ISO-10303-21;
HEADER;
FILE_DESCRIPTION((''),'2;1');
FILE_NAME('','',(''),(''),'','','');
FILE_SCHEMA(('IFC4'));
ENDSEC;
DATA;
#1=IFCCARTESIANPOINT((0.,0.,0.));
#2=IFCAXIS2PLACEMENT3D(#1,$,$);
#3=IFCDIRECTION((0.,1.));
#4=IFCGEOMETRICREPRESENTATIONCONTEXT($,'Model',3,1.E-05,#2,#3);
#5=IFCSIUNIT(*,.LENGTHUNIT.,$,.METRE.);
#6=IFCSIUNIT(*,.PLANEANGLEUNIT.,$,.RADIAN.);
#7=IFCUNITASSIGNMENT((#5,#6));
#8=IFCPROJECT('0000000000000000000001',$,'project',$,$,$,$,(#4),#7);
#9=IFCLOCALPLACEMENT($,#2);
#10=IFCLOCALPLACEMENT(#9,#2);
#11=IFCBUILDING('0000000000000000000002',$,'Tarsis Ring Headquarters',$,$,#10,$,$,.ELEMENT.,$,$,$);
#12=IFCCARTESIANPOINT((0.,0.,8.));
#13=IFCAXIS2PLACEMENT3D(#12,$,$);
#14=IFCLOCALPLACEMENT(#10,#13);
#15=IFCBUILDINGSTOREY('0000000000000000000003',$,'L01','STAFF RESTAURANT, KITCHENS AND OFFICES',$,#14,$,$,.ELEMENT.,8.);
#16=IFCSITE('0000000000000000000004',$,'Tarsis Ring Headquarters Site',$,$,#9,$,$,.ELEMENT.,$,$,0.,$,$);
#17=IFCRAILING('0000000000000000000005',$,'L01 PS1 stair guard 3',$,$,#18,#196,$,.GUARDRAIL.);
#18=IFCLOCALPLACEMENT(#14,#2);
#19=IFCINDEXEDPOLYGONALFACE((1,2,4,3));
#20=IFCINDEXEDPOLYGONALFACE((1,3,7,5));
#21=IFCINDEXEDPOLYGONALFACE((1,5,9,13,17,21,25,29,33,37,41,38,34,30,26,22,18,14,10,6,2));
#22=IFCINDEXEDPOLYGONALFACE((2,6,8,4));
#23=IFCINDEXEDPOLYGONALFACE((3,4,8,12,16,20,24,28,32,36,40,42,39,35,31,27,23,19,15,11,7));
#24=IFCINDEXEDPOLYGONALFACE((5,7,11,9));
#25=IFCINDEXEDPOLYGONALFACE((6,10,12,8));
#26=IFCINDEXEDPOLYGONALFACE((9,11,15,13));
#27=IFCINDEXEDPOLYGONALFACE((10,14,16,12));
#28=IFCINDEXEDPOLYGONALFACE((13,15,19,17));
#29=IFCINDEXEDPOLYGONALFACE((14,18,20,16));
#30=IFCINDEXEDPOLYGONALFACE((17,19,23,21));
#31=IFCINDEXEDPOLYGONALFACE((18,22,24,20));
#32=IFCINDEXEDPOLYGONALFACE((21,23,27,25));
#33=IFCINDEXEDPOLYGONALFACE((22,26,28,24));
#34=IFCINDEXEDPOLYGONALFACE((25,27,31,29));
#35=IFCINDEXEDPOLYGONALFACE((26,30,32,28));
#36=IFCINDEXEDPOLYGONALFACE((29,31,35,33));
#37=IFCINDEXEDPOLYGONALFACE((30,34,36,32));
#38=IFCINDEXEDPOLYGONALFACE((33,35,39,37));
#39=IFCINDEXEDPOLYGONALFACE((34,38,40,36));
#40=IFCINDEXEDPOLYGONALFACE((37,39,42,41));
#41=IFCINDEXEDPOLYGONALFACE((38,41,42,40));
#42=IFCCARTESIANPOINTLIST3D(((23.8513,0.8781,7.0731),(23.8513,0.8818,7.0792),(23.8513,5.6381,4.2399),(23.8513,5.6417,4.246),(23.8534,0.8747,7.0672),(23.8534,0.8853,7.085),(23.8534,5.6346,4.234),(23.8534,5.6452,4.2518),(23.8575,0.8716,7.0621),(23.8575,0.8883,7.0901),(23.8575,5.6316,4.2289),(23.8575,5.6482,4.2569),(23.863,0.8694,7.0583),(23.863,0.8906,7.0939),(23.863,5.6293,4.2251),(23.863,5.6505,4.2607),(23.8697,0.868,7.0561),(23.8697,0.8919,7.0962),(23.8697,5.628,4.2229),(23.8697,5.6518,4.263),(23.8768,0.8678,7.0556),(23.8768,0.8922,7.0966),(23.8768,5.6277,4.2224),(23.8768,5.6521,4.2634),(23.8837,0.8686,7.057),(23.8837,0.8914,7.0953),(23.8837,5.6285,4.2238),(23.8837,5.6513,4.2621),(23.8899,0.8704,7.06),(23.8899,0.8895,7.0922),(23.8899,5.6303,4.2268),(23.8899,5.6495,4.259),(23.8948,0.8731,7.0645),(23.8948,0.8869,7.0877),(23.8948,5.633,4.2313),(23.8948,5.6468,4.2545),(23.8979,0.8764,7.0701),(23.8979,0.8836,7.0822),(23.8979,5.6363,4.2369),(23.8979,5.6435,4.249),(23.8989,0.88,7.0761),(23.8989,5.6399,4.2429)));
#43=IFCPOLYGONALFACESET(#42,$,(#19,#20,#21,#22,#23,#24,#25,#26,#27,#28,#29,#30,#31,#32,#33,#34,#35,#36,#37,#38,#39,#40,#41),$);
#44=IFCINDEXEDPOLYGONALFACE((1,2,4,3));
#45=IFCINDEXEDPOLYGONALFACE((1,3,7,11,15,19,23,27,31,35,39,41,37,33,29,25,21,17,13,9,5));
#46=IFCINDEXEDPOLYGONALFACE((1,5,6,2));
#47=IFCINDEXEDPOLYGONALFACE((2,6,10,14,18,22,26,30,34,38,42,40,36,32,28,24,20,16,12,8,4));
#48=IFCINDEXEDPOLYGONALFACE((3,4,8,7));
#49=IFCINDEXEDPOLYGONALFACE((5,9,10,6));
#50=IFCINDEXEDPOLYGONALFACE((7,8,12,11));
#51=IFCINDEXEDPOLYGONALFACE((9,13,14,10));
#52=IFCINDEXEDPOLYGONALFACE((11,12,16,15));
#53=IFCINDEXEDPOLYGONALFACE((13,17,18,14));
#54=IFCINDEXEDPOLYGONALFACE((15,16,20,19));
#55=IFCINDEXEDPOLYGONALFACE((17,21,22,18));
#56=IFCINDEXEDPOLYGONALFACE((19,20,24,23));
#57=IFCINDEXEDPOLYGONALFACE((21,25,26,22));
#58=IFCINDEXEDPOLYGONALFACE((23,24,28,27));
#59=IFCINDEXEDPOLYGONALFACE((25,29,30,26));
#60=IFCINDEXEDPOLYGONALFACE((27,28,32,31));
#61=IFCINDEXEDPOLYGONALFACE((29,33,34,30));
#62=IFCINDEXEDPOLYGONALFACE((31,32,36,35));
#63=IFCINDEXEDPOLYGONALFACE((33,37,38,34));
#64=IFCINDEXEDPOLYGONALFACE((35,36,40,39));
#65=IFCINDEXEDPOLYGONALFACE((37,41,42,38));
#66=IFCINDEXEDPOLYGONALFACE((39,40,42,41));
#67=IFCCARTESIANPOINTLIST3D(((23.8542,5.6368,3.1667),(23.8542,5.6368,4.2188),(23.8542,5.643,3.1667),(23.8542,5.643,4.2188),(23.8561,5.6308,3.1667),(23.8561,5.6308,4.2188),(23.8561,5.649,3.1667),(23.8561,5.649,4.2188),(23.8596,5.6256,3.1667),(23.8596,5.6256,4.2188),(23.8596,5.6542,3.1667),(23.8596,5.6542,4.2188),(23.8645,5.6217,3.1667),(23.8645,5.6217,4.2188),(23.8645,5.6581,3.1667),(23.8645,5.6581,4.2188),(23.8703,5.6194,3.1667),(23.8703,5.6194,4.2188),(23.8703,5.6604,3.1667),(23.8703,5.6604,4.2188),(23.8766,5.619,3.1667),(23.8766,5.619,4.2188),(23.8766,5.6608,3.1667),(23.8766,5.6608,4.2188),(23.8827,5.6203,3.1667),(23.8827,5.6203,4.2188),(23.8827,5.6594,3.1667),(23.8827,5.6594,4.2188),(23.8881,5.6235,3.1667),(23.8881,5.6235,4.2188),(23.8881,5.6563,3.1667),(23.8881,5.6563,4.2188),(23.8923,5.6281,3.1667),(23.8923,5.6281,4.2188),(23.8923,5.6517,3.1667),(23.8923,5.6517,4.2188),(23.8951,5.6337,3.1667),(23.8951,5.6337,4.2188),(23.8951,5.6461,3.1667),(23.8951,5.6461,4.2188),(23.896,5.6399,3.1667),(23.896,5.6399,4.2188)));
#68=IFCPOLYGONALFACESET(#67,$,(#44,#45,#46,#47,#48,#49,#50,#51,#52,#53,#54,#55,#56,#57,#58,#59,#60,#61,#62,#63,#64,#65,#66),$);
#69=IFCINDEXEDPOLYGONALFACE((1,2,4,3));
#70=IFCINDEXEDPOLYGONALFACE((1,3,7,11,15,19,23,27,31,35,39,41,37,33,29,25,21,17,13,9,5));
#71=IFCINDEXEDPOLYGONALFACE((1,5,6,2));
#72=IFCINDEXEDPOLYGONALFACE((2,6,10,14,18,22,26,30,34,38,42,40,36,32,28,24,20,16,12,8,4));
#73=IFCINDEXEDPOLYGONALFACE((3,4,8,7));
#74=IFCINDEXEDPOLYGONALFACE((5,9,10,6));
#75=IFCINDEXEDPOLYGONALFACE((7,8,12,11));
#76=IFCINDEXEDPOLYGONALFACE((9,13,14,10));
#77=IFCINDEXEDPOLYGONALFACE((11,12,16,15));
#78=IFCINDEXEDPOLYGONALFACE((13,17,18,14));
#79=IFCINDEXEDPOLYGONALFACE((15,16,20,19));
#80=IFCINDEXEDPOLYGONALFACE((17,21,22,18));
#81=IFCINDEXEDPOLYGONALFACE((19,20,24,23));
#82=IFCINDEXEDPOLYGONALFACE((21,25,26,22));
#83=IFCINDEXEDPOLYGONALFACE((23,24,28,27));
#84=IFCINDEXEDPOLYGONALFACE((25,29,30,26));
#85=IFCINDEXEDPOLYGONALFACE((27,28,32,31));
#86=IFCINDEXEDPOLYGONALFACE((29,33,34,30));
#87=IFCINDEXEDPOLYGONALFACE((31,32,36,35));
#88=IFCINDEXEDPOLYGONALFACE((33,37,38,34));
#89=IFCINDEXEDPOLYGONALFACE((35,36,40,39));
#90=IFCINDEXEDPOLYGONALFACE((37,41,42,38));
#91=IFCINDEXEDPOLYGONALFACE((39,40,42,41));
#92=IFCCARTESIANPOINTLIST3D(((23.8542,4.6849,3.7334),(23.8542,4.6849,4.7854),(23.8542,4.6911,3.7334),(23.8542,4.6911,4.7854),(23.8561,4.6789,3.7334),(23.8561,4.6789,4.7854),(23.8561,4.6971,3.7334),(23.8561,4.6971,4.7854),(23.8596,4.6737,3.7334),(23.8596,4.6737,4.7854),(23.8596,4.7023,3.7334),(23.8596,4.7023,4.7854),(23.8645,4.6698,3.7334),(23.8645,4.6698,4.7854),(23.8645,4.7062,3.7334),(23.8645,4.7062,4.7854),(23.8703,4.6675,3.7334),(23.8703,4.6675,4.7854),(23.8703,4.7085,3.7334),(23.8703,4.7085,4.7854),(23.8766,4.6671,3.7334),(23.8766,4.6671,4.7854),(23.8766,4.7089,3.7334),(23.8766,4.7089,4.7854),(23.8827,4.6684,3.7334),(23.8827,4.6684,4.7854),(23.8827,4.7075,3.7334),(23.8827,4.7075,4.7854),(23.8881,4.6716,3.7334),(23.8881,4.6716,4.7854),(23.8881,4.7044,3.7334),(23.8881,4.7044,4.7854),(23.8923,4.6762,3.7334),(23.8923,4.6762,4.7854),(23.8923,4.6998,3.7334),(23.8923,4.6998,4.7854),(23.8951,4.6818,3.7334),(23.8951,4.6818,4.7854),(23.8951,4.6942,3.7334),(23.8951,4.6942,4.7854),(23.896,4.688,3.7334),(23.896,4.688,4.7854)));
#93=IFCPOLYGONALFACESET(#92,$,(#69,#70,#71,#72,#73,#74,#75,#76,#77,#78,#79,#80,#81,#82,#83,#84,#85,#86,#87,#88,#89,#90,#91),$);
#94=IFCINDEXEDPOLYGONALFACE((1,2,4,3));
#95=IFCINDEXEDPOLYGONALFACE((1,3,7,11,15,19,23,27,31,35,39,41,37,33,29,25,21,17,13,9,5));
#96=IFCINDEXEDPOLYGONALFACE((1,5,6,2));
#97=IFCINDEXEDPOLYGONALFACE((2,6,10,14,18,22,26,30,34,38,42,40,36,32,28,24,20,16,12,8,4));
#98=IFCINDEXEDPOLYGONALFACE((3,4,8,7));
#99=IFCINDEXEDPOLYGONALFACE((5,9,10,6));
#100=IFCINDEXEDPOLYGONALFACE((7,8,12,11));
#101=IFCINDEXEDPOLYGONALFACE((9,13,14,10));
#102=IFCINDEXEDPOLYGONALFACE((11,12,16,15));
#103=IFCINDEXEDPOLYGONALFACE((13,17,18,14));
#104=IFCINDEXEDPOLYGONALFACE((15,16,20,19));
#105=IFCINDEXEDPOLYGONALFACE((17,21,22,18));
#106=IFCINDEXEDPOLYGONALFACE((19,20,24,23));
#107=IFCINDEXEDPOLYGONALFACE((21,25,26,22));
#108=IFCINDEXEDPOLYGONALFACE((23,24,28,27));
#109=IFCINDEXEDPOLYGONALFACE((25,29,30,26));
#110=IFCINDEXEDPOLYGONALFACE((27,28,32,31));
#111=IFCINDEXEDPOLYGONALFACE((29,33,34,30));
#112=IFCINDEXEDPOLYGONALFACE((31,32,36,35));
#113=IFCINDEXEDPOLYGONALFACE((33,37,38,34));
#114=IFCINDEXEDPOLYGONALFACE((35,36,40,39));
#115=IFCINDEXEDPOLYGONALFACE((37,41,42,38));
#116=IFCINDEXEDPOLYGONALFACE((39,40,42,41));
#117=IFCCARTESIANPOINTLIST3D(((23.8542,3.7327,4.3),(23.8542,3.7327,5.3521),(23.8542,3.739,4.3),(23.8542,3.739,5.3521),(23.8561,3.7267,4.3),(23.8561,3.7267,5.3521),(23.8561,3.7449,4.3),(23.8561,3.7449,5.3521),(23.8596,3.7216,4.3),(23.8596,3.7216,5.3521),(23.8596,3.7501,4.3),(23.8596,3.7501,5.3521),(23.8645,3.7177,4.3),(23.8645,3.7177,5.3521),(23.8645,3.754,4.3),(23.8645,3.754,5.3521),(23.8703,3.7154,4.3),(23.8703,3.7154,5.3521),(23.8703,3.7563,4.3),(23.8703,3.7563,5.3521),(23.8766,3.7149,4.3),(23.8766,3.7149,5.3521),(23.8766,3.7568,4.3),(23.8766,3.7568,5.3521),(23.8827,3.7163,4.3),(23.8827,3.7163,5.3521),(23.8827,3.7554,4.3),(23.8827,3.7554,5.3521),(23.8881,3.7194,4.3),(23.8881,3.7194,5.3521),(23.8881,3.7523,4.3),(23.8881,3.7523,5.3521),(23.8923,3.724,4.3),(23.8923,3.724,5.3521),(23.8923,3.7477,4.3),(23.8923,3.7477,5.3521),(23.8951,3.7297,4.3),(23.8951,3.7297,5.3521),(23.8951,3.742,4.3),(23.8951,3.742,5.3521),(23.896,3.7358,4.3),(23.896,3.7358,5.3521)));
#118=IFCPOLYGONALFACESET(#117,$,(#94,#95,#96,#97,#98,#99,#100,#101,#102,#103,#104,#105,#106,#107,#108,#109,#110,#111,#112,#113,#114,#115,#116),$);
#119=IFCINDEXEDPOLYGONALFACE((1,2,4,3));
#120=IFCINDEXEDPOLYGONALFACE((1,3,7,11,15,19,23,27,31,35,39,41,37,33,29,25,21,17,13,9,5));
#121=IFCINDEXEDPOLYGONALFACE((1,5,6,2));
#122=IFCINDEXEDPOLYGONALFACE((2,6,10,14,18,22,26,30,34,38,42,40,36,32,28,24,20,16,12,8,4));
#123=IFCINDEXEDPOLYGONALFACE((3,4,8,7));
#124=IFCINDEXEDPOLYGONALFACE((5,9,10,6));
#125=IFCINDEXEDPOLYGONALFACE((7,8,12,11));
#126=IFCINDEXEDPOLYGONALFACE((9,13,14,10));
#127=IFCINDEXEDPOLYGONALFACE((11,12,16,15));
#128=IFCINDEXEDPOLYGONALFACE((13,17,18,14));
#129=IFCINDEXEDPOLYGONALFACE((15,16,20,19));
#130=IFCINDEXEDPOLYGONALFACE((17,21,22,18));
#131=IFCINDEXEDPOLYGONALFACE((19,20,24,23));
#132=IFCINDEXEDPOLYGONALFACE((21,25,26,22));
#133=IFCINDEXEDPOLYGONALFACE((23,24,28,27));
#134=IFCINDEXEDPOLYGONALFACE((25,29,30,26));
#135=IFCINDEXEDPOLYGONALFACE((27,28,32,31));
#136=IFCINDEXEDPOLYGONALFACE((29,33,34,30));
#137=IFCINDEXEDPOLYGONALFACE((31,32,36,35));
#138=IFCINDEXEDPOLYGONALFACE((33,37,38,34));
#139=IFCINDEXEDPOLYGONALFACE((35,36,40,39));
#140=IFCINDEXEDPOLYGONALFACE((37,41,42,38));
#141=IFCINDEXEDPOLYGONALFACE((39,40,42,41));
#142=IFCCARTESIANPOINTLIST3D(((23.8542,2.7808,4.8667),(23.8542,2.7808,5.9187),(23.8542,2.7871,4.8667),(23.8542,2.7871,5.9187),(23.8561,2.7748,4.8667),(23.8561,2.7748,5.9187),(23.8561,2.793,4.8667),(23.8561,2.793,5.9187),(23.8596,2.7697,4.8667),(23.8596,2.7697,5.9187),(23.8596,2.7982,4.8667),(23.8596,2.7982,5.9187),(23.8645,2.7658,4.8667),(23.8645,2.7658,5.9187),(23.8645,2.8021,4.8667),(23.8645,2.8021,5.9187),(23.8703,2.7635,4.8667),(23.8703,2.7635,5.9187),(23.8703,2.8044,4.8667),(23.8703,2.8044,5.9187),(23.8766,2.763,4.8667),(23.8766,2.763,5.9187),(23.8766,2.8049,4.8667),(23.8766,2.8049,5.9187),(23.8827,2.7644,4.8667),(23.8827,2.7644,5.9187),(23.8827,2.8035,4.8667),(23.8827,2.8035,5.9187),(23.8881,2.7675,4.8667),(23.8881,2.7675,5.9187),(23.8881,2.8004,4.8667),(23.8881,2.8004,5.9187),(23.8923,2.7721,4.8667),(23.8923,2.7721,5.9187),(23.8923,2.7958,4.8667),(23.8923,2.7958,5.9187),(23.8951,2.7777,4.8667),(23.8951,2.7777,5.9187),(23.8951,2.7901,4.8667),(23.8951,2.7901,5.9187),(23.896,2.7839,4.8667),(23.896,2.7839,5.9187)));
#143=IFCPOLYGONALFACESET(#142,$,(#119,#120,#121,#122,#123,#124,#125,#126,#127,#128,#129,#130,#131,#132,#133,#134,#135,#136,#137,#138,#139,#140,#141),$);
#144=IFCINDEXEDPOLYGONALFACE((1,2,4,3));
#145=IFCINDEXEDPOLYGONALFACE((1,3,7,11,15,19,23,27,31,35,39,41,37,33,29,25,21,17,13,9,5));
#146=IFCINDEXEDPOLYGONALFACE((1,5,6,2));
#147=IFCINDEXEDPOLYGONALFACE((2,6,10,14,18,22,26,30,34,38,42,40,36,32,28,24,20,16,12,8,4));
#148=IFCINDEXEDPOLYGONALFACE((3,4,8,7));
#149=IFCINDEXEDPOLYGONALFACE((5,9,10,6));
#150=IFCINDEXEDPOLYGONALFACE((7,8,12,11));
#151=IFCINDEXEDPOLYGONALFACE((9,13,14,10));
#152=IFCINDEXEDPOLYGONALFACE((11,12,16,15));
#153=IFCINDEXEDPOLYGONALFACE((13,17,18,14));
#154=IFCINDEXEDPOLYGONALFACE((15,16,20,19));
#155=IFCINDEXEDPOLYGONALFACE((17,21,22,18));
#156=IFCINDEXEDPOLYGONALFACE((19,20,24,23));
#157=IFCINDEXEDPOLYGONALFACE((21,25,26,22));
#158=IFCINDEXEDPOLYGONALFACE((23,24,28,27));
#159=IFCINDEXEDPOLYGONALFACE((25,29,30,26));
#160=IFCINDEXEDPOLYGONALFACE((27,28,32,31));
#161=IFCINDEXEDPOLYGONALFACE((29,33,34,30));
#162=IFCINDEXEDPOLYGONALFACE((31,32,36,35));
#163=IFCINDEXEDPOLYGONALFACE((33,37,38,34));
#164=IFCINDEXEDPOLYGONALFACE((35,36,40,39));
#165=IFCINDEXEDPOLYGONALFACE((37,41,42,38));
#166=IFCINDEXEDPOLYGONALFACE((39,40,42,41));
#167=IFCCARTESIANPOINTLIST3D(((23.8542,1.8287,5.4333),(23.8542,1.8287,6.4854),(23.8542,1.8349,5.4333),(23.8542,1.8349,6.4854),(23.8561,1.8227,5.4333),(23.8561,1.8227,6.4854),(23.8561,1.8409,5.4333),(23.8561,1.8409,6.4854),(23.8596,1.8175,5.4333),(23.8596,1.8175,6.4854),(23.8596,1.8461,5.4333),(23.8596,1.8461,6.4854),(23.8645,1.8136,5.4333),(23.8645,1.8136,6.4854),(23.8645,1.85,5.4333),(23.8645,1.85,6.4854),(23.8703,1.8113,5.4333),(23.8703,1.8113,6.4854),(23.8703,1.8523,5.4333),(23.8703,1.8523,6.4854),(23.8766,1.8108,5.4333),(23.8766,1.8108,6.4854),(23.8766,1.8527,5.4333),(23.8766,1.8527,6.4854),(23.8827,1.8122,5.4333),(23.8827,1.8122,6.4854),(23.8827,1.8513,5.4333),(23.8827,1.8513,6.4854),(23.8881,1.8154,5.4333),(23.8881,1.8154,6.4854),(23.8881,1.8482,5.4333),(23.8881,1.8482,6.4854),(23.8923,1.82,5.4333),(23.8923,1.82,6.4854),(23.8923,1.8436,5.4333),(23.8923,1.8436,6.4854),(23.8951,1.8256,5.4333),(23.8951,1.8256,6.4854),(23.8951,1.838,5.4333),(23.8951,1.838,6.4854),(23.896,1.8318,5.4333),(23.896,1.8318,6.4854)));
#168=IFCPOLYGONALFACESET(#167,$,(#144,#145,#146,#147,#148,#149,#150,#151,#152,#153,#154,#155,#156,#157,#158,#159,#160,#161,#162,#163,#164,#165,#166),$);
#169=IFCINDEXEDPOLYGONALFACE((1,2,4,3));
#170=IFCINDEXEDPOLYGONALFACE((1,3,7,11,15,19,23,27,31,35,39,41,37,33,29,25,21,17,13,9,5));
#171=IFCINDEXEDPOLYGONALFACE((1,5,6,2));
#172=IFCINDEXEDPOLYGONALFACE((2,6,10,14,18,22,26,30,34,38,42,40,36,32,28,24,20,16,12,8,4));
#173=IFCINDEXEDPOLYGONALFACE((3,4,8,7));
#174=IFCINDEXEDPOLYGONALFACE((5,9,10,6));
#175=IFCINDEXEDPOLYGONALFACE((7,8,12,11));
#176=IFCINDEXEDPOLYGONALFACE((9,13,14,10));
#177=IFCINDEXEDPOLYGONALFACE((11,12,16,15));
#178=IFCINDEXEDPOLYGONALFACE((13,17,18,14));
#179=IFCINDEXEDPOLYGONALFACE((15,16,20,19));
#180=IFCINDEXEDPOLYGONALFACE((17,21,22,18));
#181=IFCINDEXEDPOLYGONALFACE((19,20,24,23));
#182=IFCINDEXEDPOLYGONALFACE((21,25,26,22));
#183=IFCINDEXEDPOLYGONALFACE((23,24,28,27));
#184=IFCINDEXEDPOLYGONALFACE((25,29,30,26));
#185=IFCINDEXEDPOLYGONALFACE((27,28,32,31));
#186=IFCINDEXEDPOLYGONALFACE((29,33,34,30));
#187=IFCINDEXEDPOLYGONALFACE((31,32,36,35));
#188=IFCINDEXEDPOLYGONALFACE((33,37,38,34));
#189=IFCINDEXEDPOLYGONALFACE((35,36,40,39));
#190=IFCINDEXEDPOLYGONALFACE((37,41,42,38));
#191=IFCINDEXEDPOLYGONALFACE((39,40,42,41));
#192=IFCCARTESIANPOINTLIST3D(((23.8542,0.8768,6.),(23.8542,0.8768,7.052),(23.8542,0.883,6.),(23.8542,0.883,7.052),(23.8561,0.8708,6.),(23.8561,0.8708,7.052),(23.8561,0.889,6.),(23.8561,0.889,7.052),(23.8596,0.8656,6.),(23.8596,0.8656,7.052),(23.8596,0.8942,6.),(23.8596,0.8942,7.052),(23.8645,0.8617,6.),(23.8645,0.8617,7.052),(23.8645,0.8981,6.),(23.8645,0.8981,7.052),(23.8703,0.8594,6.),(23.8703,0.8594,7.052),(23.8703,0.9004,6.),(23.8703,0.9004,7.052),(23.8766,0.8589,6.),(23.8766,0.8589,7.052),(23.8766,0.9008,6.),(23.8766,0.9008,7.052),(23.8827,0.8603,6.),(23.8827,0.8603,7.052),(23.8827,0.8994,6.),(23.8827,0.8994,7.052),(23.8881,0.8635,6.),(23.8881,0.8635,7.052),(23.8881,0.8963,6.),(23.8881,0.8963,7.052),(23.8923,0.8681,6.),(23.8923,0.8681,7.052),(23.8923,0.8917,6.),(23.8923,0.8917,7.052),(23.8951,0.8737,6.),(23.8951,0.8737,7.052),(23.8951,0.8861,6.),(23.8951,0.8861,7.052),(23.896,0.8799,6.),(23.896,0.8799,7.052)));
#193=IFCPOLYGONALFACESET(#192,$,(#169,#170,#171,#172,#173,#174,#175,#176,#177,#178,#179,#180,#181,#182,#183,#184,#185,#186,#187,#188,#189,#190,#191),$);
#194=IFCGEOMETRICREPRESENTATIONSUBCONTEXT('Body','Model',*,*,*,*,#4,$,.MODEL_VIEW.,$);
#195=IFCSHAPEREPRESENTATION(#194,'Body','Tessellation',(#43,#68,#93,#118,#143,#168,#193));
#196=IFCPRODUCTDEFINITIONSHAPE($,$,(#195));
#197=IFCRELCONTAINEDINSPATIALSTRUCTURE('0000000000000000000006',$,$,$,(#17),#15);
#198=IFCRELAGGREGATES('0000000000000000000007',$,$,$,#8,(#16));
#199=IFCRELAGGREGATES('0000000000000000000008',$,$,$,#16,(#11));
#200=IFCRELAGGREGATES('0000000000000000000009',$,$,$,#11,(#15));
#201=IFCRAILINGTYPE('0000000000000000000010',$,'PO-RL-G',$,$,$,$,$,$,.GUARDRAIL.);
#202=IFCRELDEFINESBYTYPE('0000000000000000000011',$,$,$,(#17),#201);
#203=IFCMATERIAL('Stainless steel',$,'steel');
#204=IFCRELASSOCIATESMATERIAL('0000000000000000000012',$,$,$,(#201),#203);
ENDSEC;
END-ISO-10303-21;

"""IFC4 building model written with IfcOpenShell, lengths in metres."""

from ifc_helpers import new_model, si_unit, direction, frame, origin, origin_2d, place, context, subcontext, project, spatial, circle, extrude, material, type_object, element, save


model = new_model("IFC4")

# Units and contexts
model_context = context("Model", 3, precision=1e-05, world=origin(), true_north=direction((0.0, 1.0)))
body_context = subcontext(model_context, "Body", "Model", "MODEL_VIEW")
ifc_project = project(units=[si_unit("LENGTHUNIT", "METRE"), si_unit("PLANEANGLEUNIT", "RADIAN")], contexts=[model_context])

# Site, building, storey
site_placement = place(None, origin())
site = spatial("IfcSite", under=ifc_project, at=site_placement, Name="Tarsis Ring Headquarters Site", CompositionType="ELEMENT", RefElevation=0.0)
building_placement = place(site_placement, origin())
building = spatial("IfcBuilding", under=site, at=building_placement, Name="Tarsis Ring Headquarters", CompositionType="ELEMENT")
storey_placement = place(building_placement, frame((0.0, 0.0, 8.0)))
storey = spatial("IfcBuildingStorey", under=building, at=storey_placement, Name="L01", Description="STAFF RESTAURANT, KITCHENS AND OFFICES", CompositionType="ELEMENT", Elevation=8.0)

# Railing
ifc_material_1 = material(Name="Stainless steel", Category="steel")
railing_type_1 = type_object("IfcRailingType", Name="PO-RL-G", PredefinedType="GUARDRAIL", material=ifc_material_1)
railing_1_placement = place(storey_placement, frame((23.875, 5.6399, 3.1667)))
element("IfcRailing", 1, at=railing_1_placement, inside=storey, type_object=railing_type_1, Name="L01 PS1 stair guard 3", PredefinedType="GUARDRAIL", context=body_context, shape_type="SweptSolid", body=[
    extrude(circle(Radius=0.0239, at=origin_2d()), frame((0.0, 0.0, 1.0762), z_axis=(0.0, -0.8593, 0.511472), x_axis=(1.0, 0.0, 0.0)), (0.0, 0.0, 1.0), 5.5393),
    extrude(circle(Radius=0.021, at=origin_2d()), origin(), (0.0, 0.0, 1.0), 1.052),
    extrude(circle(Radius=0.021, at=origin_2d()), frame((0.0, -0.9519, 0.5667)), (0.0, 0.0, 1.0), 1.052),
    extrude(circle(Radius=0.021, at=origin_2d()), frame((0.0, -1.9041, 1.1333)), (0.0, 0.0, 1.0), 1.052),
    extrude(circle(Radius=0.021, at=origin_2d()), frame((0.0, -2.856, 1.7)), (0.0, 0.0, 1.0), 1.052),
    extrude(circle(Radius=0.021, at=origin_2d()), frame((0.0, -3.8081, 2.2666)), (0.0, 0.0, 1.0), 1.052),
    extrude(circle(Radius=0.021, at=origin_2d()), frame((0.0, -4.76, 2.8333)), (0.0, 0.0, 1.0), 1.052),
])

save(model, "model.ifc")
